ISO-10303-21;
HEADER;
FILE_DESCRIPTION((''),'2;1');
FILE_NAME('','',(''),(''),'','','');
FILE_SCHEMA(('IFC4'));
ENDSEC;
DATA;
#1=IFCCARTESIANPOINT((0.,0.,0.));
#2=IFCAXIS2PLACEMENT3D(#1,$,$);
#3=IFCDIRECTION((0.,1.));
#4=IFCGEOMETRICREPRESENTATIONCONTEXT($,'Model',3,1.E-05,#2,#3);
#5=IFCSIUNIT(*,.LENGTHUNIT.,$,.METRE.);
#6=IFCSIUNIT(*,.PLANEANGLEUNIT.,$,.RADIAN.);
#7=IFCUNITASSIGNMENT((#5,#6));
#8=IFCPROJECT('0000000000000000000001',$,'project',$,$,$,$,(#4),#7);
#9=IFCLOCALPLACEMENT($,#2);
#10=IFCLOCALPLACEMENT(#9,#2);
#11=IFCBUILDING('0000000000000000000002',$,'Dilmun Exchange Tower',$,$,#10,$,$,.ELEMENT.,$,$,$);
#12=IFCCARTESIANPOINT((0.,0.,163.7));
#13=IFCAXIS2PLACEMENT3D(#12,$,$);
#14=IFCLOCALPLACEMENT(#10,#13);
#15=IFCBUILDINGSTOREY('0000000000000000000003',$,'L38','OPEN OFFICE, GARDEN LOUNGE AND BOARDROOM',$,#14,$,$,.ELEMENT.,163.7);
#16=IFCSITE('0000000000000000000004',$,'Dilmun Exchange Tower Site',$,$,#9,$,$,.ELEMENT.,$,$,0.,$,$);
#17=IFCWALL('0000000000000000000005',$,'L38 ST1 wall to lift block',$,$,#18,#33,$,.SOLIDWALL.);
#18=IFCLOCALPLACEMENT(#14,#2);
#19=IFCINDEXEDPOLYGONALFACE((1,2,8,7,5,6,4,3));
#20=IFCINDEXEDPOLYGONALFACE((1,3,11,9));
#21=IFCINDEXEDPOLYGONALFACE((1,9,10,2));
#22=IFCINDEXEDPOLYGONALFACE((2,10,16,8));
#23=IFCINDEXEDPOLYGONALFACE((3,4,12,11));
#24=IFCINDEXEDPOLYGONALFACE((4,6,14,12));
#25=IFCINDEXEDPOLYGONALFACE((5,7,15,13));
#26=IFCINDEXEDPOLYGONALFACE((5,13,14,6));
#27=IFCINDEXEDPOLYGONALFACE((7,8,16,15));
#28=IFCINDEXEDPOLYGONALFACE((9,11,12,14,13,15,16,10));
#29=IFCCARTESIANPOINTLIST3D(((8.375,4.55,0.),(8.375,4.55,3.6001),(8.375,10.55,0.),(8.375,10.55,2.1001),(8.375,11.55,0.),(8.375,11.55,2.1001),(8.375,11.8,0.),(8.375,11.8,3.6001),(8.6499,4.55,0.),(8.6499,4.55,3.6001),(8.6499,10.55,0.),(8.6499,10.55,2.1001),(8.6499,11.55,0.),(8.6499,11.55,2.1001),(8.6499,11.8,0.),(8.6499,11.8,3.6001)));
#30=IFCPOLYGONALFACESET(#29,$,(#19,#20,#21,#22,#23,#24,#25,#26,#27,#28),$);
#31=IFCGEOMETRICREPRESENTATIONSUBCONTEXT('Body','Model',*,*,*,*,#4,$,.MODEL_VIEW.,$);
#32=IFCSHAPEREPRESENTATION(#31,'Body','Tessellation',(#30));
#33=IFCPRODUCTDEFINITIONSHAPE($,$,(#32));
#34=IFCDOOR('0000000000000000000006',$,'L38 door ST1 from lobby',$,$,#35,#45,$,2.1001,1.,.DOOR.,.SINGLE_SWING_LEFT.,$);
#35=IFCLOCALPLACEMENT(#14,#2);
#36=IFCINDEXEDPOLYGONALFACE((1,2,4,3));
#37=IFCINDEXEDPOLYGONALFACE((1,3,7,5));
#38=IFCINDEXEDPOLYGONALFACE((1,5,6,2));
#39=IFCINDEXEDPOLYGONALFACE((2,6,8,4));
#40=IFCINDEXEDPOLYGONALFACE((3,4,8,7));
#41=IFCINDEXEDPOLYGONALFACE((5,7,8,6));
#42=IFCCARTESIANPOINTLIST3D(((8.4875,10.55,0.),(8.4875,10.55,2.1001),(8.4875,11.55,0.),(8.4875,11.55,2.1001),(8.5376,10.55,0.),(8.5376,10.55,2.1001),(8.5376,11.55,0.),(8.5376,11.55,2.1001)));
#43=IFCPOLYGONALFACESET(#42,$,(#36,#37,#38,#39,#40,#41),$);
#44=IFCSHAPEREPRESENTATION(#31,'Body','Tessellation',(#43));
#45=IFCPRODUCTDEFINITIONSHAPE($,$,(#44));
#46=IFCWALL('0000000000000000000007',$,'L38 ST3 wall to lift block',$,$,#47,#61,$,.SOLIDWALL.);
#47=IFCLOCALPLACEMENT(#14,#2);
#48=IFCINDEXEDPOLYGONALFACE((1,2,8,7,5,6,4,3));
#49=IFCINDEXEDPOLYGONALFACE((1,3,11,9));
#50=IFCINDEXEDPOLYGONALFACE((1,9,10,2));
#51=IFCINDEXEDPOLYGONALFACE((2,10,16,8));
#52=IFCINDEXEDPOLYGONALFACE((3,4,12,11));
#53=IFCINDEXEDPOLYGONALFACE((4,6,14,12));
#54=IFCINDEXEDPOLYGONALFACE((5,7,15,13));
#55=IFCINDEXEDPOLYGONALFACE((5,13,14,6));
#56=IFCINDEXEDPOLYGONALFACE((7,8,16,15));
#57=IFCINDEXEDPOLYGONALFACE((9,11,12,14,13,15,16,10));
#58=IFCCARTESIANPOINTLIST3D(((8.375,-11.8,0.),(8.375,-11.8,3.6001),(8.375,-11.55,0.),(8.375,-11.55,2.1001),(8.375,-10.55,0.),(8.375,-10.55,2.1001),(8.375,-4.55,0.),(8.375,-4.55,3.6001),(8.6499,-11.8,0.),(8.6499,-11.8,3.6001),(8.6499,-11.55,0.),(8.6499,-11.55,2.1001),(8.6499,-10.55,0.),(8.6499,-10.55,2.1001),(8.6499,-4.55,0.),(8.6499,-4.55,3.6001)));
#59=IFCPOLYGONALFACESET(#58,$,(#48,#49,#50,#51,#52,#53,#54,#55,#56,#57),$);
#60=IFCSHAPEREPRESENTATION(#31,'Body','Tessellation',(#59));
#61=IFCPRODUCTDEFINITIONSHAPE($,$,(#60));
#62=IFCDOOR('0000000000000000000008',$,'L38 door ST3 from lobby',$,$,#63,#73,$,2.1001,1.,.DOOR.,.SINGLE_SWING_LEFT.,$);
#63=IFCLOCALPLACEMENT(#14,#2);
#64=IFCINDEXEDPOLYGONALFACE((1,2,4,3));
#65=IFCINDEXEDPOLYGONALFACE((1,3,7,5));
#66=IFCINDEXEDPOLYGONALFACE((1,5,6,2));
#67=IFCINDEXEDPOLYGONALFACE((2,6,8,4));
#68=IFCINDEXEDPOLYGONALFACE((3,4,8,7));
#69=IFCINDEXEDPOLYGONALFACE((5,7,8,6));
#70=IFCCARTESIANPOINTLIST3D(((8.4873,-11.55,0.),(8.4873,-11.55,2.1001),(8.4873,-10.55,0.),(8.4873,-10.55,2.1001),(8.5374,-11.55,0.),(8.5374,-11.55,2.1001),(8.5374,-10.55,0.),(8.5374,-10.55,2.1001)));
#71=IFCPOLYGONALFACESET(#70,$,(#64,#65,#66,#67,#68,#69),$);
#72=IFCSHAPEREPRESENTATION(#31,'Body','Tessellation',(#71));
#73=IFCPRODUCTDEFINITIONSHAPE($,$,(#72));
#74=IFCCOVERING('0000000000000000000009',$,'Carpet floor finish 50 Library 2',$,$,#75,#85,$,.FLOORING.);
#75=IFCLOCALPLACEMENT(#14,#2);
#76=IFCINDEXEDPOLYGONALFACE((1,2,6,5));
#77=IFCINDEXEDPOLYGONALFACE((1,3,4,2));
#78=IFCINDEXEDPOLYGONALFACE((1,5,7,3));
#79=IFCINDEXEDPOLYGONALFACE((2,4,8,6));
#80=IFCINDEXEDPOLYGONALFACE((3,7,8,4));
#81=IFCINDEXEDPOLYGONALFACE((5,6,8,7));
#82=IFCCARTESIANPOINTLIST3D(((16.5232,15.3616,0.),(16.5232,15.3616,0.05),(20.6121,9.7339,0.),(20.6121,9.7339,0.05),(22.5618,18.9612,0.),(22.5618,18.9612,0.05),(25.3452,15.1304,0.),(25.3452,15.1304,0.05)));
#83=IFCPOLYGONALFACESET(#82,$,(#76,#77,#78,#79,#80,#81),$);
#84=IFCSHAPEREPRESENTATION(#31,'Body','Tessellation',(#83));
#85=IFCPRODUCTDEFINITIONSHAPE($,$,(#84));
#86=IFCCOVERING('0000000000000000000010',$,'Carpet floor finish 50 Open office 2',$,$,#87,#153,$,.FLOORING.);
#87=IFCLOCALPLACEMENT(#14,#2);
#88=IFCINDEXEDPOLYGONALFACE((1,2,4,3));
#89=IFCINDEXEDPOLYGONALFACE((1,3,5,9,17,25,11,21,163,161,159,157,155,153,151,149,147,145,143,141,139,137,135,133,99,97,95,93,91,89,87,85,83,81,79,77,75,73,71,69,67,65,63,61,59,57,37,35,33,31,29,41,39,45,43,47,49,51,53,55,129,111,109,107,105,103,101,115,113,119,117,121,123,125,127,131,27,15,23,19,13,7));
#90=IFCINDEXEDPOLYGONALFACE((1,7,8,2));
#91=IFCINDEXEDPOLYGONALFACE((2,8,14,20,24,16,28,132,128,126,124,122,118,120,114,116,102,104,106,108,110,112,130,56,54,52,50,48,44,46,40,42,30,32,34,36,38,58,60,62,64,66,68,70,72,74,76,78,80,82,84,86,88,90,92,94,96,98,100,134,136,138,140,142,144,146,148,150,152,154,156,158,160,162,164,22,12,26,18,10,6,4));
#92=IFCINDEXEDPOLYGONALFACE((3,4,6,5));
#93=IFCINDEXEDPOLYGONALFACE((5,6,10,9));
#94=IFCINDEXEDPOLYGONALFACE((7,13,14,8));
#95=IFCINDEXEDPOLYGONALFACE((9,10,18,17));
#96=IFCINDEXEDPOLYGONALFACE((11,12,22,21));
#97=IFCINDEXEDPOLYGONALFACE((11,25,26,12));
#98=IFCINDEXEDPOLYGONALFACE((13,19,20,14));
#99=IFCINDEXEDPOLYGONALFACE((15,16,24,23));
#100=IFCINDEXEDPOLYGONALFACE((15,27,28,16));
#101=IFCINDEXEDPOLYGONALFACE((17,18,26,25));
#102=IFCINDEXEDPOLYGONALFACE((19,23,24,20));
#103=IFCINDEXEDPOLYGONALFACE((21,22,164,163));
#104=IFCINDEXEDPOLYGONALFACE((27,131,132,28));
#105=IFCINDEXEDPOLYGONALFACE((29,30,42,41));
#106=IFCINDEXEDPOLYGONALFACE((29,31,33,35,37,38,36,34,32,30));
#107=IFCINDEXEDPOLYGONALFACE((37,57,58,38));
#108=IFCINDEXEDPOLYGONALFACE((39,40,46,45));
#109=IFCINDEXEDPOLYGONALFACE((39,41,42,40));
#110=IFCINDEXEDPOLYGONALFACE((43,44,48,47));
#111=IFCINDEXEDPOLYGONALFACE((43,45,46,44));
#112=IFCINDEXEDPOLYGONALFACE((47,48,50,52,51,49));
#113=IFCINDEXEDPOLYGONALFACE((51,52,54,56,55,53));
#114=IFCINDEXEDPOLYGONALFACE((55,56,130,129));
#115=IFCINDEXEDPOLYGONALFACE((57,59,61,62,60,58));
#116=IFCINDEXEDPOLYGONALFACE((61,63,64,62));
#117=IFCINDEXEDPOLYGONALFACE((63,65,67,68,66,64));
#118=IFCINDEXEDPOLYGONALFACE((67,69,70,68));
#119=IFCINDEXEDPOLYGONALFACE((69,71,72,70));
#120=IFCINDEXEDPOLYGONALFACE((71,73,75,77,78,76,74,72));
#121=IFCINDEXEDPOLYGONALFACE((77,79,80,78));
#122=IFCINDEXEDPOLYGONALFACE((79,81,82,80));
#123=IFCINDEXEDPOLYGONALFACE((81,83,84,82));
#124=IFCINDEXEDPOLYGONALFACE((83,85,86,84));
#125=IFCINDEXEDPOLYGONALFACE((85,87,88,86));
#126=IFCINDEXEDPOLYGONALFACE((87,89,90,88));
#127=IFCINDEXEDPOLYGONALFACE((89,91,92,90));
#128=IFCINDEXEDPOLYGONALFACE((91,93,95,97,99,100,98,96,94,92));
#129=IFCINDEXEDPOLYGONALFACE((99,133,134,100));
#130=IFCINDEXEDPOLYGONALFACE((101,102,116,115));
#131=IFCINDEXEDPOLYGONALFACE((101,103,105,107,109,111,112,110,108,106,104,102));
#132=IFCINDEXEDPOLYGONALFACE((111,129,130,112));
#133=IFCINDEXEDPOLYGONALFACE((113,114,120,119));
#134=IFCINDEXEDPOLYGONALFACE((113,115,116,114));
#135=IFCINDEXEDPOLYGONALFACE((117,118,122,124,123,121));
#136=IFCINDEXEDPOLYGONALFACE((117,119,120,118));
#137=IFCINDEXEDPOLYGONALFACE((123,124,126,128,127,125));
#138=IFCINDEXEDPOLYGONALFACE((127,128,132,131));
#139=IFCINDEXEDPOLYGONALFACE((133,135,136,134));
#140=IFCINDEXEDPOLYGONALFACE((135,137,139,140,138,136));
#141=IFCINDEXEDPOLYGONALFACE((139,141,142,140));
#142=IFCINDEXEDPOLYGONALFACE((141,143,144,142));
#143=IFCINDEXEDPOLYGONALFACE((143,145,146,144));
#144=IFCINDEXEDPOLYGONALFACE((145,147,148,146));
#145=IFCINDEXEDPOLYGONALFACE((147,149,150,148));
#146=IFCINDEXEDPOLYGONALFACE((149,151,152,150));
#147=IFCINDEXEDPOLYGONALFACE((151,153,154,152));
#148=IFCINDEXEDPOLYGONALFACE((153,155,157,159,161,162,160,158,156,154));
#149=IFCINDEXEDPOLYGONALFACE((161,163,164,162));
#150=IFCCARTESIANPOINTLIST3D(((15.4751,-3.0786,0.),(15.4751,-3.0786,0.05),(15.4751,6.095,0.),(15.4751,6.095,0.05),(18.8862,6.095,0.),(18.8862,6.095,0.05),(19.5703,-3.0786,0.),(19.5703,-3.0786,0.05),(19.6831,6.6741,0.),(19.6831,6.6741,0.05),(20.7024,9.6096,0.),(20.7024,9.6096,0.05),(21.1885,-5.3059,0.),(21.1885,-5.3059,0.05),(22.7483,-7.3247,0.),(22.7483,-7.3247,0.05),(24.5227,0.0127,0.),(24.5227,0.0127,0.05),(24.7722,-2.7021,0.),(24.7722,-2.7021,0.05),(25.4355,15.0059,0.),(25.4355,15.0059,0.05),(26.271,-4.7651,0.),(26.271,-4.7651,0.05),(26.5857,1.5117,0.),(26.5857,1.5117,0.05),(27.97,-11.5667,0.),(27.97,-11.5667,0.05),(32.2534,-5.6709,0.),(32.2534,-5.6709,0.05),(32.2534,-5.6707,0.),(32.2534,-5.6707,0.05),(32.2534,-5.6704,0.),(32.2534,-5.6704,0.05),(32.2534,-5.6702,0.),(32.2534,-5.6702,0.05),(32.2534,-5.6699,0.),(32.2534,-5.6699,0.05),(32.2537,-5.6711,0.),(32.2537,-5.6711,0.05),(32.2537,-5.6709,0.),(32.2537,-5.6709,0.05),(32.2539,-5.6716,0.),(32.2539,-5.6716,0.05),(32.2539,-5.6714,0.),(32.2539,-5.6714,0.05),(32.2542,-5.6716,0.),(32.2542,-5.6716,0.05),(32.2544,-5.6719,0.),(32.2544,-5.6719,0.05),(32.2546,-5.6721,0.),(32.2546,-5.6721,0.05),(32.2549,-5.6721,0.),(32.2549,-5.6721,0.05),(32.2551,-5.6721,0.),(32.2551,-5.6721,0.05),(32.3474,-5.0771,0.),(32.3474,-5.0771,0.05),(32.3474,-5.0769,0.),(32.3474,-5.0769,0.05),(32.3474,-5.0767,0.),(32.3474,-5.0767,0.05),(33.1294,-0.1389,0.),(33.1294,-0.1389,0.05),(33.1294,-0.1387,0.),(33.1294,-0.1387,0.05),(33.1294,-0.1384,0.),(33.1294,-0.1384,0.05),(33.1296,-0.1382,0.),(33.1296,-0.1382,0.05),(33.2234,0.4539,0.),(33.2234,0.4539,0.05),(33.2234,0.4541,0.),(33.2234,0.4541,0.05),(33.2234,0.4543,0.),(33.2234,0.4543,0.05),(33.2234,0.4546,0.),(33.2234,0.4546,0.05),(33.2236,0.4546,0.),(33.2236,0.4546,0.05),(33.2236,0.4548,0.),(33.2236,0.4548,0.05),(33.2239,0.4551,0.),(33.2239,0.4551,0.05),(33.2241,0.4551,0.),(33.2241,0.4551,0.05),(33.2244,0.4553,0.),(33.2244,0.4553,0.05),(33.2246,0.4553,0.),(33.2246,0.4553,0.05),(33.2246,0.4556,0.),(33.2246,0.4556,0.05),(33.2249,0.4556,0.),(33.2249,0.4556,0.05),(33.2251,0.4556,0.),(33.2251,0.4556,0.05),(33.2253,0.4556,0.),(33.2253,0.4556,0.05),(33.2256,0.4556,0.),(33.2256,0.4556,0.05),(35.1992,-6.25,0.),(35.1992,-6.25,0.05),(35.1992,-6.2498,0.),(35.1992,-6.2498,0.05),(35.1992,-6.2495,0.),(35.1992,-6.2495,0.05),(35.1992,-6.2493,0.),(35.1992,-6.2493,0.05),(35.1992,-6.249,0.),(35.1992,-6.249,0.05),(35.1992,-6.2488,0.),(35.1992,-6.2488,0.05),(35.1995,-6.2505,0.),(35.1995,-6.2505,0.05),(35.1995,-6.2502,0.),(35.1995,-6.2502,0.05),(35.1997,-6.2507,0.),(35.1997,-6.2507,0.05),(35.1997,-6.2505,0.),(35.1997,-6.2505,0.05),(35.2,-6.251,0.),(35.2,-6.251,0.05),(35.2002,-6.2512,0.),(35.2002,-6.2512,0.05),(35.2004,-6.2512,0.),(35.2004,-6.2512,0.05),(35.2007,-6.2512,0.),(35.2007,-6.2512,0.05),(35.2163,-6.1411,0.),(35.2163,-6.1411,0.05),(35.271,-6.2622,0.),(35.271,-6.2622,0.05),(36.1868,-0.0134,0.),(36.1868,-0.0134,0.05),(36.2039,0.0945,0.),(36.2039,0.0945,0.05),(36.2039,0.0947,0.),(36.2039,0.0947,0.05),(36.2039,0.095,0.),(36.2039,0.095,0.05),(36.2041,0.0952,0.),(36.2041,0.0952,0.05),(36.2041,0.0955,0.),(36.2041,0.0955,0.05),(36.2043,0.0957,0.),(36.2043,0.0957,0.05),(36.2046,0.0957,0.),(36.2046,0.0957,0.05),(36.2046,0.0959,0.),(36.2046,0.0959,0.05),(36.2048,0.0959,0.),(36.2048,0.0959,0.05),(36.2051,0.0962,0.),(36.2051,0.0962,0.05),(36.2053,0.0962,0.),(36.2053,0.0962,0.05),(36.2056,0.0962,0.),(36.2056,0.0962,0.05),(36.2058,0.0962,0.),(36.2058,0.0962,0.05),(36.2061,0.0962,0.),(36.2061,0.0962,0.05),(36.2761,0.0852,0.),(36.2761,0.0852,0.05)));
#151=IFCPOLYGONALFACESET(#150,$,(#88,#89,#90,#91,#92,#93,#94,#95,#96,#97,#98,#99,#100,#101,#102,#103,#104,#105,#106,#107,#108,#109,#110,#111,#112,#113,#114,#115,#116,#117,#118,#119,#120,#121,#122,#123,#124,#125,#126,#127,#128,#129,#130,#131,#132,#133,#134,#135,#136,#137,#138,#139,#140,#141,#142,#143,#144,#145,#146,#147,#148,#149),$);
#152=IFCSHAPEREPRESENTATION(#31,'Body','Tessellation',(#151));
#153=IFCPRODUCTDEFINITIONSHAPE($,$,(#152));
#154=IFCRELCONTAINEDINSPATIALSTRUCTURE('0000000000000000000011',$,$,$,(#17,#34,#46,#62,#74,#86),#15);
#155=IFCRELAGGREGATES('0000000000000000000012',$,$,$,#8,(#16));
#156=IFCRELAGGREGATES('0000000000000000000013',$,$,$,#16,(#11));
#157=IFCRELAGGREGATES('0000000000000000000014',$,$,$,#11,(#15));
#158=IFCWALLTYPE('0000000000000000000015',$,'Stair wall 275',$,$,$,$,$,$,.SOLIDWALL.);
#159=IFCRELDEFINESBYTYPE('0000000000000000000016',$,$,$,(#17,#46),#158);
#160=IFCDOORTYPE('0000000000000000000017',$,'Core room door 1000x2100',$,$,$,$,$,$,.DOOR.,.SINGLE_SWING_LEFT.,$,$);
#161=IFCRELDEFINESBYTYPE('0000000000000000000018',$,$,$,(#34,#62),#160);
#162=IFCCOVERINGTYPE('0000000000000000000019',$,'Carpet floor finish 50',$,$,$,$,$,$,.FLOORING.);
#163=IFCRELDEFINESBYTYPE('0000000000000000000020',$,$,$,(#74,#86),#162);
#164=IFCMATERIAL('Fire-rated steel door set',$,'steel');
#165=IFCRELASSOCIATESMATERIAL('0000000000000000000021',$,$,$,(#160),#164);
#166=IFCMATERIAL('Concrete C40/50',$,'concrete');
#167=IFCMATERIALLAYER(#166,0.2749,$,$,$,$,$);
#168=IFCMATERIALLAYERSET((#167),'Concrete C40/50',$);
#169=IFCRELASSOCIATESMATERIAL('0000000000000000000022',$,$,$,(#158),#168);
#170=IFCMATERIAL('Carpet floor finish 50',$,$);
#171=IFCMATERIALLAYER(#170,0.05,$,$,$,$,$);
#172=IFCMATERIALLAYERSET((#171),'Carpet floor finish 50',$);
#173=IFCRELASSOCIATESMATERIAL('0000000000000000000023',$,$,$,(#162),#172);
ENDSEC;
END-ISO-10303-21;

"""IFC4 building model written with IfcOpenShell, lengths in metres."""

from ifc_helpers import new_model, si_unit, direction, frame, frame_2d, origin, place, context, subcontext, project, spatial, polyline, rectangle, outline, extrude, material, layer, layer_set, type_object, element, fill, save


model = new_model("IFC4")

# Units and contexts
model_context = context("Model", 3, precision=1e-05, world=origin(), true_north=direction((0.0, 1.0)))
body_context = subcontext(model_context, "Body", "Model", "MODEL_VIEW")
ifc_project = project(units=[si_unit("LENGTHUNIT", "METRE"), si_unit("PLANEANGLEUNIT", "RADIAN")], contexts=[model_context])

# Site, building, storey
site_placement = place(None, origin())
site = spatial("IfcSite", under=ifc_project, at=site_placement, Name="Dilmun Exchange Tower Site", CompositionType="ELEMENT", RefElevation=0.0)
building_placement = place(site_placement, origin())
building = spatial("IfcBuilding", under=site, at=building_placement, Name="Dilmun Exchange Tower", CompositionType="ELEMENT")
storey_placement = place(building_placement, frame((0.0, 0.0, 163.7)))
storey = spatial("IfcBuildingStorey", under=building, at=storey_placement, Name="L38", Description="OPEN OFFICE, GARDEN LOUNGE AND BOARDROOM", CompositionType="ELEMENT", Elevation=163.7)

# Shared definitions
ifc_material_1 = material(Name="Concrete C40/50", Category="concrete")
ifc_material_2 = material(Name="Fire-rated steel door set", Category="steel")

# Shared definitions
door_type_1 = type_object("IfcDoorType", Name="Core room door 1000x2100", OperationType="SINGLE_SWING_LEFT", PredefinedType="DOOR", material=ifc_material_2)

# Walls, openings, doors
ifc_layer_1 = layer(ifc_material_1, 0.2749)
ifc_layer_set_1 = layer_set([ifc_layer_1], Name="Concrete C40/50")
wall_type_1 = type_object("IfcWallType", Name="Stair wall 275", PredefinedType="SOLIDWALL", material=ifc_layer_set_1)
wall_1_placement = place(storey_placement, frame((8.5125, 4.55, 0.0), z_axis=(0.0, 0.0, 1.0), x_axis=(0.0, 1.0, 0.0)))
wall_1 = element("IfcWall", 1, at=wall_1_placement, inside=storey, type_object=wall_type_1, Name="L38 ST1 wall to lift block", PredefinedType="SOLIDWALL", context=body_context, shape_type="SweptSolid", body=[
    extrude(rectangle(XDim=7.25, YDim=0.2749, at=frame_2d((3.625, 0.0))), origin(), (0.0, 0.0, 1.0), 3.6001),
])
opening_1_placement = place(wall_1_placement, frame((6.0, 0.0, 0.0)))
opening_1 = element("IfcOpeningElement", 2, at=opening_1_placement, cuts=wall_1, PredefinedType="OPENING", context=body_context, shape_type="SweptSolid", body=[
    extrude(rectangle(XDim=1.0, YDim=2.1001, at=frame_2d((0.5, 1.05))), frame((0.0, 0.1475, 0.0), z_axis=(0.0, -1.0, 0.0), x_axis=(1.0, 0.0, 0.0)), (0.0, 0.0, 1.0), 0.2949),
])
door_1_placement = place(opening_1_placement, origin())
door_1 = element("IfcDoor", 3, at=door_1_placement, inside=storey, type_object=door_type_1, Name="L38 door ST1 from lobby", OperationType="SINGLE_SWING_LEFT", OverallHeight=2.1001, OverallWidth=1.0, PredefinedType="DOOR", context=body_context, shape_type="SweptSolid", body=[
    extrude(rectangle(XDim=1.0, YDim=2.1001, at=frame_2d((0.5, 1.05))), frame((0.0, 0.0249, 0.0), z_axis=(0.0, -1.0, 0.0), x_axis=(1.0, 0.0, 0.0)), (0.0, 0.0, 1.0), 0.05),
])
fill(opening_1, door_1)
wall_2_placement = place(storey_placement, frame((8.5125, -4.55, 0.0), z_axis=(0.0, 0.0, 1.0), x_axis=(0.0, -1.0, 0.0)))
wall_2 = element("IfcWall", 4, at=wall_2_placement, inside=storey, type_object=wall_type_1, Name="L38 ST3 wall to lift block", PredefinedType="SOLIDWALL", context=body_context, shape_type="SweptSolid", body=[
    extrude(rectangle(XDim=7.25, YDim=0.2749, at=frame_2d((3.625, 0.0))), origin(), (0.0, 0.0, 1.0), 3.6001),
])
opening_2_placement = place(wall_2_placement, frame((6.0, 0.0, 0.0)))
opening_2 = element("IfcOpeningElement", 5, at=opening_2_placement, cuts=wall_2, PredefinedType="OPENING", context=body_context, shape_type="SweptSolid", body=[
    extrude(rectangle(XDim=1.0, YDim=2.1001, at=frame_2d((0.5, 1.05))), frame((0.0, 0.1475, 0.0), z_axis=(0.0, -1.0, 0.0), x_axis=(1.0, 0.0, 0.0)), (0.0, 0.0, 1.0), 0.2949),
])
door_2_placement = place(opening_2_placement, origin())
door_2 = element("IfcDoor", 6, at=door_2_placement, inside=storey, type_object=door_type_1, Name="L38 door ST3 from lobby", OperationType="SINGLE_SWING_LEFT", OverallHeight=2.1001, OverallWidth=1.0, PredefinedType="DOOR", context=body_context, shape_type="SweptSolid", body=[
    extrude(rectangle(XDim=1.0, YDim=2.1001, at=frame_2d((0.5, 1.05))), frame((0.0, 0.0249, 0.0), z_axis=(0.0, -1.0, 0.0), x_axis=(1.0, 0.0, 0.0)), (0.0, 0.0, 1.0), 0.05),
])
fill(opening_2, door_2)

# Coverings
ifc_material_3 = material(Name="Carpet floor finish 50")
ifc_layer_2 = layer(ifc_material_3, 0.05)
ifc_layer_set_2 = layer_set([ifc_layer_2], Name="Carpet floor finish 50")
covering_type = type_object("IfcCoveringType", Name="Carpet floor finish 50", PredefinedType="FLOORING", material=ifc_layer_set_2)
covering_1_placement = place(storey_placement, origin())
element("IfcCovering", 7, at=covering_1_placement, inside=storey, type_object=covering_type, Name="Carpet floor finish 50 Library 2", PredefinedType="FLOORING", context=body_context, shape_type="SweptSolid", body=[
    extrude(outline(polyline([(22.5618, 18.9612), (25.3452, 15.1304), (20.6121, 9.7339), (16.5232, 15.3616), (22.5618, 18.9612)])), origin(), (0.0, 0.0, 1.0), 0.05),
])
covering_2_placement = place(storey_placement, origin())
element("IfcCovering", 8, at=covering_2_placement, inside=storey, type_object=covering_type, Name="Carpet floor finish 50 Open office 2", PredefinedType="FLOORING", context=body_context, shape_type="SweptSolid", body=[
    extrude(outline(polyline([(24.5227, 0.0127), (26.5857, 1.5117), (20.7024, 9.6096), (25.4355, 15.0059), (36.2761, 0.0852), (36.2061, 0.0962), (36.2058, 0.0962), (36.2058, 0.0962), (36.2056, 0.0962), (36.2053, 0.0962), (36.2051, 0.0962), (36.2051, 0.0962), (36.2048, 0.0959), (36.2046, 0.0959), (36.2046, 0.0957), (36.2043, 0.0957), (36.2041, 0.0955), (36.2041, 0.0952), (36.2041, 0.0952), (36.2039, 0.095), (36.2039, 0.0947), (36.2039, 0.0945), (36.1868, -0.0134), (33.2256, 0.4556), (33.2253, 0.4556), (33.2253, 0.4556), (33.2251, 0.4556), (33.2249, 0.4556), (33.2246, 0.4556), (33.2246, 0.4553), (33.2244, 0.4553), (33.2241, 0.4551), (33.2241, 0.4551), (33.2239, 0.4551), (33.2236, 0.4548), (33.2236, 0.4546), (33.2234, 0.4546), (33.2234, 0.4543), (33.2234, 0.4541), (33.2234, 0.4539), (33.1296, -0.1382), (33.1294, -0.1384), (33.1294, -0.1387), (33.1294, -0.1389), (32.3474, -5.0767), (32.3474, -5.0769), (32.3474, -5.0769), (32.3474, -5.0771), (32.2534, -5.6699), (32.2534, -5.6699), (32.2534, -5.6702), (32.2534, -5.6704), (32.2534, -5.6707), (32.2534, -5.6709), (32.2537, -5.6709), (32.2537, -5.6711), (32.2539, -5.6714), (32.2539, -5.6714), (32.2539, -5.6716), (32.2542, -5.6716), (32.2544, -5.6719), (32.2544, -5.6719), (32.2546, -5.6721), (32.2549, -5.6721), (32.2551, -5.6721), (35.2163, -6.1411), (35.1992, -6.2488), (35.1992, -6.249), (35.1992, -6.2493), (35.1992, -6.2495), (35.1992, -6.2498), (35.1992, -6.25), (35.1992, -6.25), (35.1995, -6.2502), (35.1995, -6.2505), (35.1997, -6.2505), (35.1997, -6.2507), (35.2, -6.251), (35.2, -6.251), (35.2002, -6.2512), (35.2004, -6.2512), (35.2007, -6.2512), (35.2007, -6.2512), (35.271, -6.2622), (27.97, -11.5667), (22.7483, -7.3247), (26.271, -4.7651), (24.7722, -2.7021), (21.1885, -5.3059), (19.5703, -3.0786), (15.4751, -3.0786), (15.4751, 6.095), (18.8862, 6.095), (19.6831, 6.6741), (24.5227, 0.0127)])), origin(), (0.0, 0.0, 1.0), 0.05),
])

save(model, "model.ifc")
